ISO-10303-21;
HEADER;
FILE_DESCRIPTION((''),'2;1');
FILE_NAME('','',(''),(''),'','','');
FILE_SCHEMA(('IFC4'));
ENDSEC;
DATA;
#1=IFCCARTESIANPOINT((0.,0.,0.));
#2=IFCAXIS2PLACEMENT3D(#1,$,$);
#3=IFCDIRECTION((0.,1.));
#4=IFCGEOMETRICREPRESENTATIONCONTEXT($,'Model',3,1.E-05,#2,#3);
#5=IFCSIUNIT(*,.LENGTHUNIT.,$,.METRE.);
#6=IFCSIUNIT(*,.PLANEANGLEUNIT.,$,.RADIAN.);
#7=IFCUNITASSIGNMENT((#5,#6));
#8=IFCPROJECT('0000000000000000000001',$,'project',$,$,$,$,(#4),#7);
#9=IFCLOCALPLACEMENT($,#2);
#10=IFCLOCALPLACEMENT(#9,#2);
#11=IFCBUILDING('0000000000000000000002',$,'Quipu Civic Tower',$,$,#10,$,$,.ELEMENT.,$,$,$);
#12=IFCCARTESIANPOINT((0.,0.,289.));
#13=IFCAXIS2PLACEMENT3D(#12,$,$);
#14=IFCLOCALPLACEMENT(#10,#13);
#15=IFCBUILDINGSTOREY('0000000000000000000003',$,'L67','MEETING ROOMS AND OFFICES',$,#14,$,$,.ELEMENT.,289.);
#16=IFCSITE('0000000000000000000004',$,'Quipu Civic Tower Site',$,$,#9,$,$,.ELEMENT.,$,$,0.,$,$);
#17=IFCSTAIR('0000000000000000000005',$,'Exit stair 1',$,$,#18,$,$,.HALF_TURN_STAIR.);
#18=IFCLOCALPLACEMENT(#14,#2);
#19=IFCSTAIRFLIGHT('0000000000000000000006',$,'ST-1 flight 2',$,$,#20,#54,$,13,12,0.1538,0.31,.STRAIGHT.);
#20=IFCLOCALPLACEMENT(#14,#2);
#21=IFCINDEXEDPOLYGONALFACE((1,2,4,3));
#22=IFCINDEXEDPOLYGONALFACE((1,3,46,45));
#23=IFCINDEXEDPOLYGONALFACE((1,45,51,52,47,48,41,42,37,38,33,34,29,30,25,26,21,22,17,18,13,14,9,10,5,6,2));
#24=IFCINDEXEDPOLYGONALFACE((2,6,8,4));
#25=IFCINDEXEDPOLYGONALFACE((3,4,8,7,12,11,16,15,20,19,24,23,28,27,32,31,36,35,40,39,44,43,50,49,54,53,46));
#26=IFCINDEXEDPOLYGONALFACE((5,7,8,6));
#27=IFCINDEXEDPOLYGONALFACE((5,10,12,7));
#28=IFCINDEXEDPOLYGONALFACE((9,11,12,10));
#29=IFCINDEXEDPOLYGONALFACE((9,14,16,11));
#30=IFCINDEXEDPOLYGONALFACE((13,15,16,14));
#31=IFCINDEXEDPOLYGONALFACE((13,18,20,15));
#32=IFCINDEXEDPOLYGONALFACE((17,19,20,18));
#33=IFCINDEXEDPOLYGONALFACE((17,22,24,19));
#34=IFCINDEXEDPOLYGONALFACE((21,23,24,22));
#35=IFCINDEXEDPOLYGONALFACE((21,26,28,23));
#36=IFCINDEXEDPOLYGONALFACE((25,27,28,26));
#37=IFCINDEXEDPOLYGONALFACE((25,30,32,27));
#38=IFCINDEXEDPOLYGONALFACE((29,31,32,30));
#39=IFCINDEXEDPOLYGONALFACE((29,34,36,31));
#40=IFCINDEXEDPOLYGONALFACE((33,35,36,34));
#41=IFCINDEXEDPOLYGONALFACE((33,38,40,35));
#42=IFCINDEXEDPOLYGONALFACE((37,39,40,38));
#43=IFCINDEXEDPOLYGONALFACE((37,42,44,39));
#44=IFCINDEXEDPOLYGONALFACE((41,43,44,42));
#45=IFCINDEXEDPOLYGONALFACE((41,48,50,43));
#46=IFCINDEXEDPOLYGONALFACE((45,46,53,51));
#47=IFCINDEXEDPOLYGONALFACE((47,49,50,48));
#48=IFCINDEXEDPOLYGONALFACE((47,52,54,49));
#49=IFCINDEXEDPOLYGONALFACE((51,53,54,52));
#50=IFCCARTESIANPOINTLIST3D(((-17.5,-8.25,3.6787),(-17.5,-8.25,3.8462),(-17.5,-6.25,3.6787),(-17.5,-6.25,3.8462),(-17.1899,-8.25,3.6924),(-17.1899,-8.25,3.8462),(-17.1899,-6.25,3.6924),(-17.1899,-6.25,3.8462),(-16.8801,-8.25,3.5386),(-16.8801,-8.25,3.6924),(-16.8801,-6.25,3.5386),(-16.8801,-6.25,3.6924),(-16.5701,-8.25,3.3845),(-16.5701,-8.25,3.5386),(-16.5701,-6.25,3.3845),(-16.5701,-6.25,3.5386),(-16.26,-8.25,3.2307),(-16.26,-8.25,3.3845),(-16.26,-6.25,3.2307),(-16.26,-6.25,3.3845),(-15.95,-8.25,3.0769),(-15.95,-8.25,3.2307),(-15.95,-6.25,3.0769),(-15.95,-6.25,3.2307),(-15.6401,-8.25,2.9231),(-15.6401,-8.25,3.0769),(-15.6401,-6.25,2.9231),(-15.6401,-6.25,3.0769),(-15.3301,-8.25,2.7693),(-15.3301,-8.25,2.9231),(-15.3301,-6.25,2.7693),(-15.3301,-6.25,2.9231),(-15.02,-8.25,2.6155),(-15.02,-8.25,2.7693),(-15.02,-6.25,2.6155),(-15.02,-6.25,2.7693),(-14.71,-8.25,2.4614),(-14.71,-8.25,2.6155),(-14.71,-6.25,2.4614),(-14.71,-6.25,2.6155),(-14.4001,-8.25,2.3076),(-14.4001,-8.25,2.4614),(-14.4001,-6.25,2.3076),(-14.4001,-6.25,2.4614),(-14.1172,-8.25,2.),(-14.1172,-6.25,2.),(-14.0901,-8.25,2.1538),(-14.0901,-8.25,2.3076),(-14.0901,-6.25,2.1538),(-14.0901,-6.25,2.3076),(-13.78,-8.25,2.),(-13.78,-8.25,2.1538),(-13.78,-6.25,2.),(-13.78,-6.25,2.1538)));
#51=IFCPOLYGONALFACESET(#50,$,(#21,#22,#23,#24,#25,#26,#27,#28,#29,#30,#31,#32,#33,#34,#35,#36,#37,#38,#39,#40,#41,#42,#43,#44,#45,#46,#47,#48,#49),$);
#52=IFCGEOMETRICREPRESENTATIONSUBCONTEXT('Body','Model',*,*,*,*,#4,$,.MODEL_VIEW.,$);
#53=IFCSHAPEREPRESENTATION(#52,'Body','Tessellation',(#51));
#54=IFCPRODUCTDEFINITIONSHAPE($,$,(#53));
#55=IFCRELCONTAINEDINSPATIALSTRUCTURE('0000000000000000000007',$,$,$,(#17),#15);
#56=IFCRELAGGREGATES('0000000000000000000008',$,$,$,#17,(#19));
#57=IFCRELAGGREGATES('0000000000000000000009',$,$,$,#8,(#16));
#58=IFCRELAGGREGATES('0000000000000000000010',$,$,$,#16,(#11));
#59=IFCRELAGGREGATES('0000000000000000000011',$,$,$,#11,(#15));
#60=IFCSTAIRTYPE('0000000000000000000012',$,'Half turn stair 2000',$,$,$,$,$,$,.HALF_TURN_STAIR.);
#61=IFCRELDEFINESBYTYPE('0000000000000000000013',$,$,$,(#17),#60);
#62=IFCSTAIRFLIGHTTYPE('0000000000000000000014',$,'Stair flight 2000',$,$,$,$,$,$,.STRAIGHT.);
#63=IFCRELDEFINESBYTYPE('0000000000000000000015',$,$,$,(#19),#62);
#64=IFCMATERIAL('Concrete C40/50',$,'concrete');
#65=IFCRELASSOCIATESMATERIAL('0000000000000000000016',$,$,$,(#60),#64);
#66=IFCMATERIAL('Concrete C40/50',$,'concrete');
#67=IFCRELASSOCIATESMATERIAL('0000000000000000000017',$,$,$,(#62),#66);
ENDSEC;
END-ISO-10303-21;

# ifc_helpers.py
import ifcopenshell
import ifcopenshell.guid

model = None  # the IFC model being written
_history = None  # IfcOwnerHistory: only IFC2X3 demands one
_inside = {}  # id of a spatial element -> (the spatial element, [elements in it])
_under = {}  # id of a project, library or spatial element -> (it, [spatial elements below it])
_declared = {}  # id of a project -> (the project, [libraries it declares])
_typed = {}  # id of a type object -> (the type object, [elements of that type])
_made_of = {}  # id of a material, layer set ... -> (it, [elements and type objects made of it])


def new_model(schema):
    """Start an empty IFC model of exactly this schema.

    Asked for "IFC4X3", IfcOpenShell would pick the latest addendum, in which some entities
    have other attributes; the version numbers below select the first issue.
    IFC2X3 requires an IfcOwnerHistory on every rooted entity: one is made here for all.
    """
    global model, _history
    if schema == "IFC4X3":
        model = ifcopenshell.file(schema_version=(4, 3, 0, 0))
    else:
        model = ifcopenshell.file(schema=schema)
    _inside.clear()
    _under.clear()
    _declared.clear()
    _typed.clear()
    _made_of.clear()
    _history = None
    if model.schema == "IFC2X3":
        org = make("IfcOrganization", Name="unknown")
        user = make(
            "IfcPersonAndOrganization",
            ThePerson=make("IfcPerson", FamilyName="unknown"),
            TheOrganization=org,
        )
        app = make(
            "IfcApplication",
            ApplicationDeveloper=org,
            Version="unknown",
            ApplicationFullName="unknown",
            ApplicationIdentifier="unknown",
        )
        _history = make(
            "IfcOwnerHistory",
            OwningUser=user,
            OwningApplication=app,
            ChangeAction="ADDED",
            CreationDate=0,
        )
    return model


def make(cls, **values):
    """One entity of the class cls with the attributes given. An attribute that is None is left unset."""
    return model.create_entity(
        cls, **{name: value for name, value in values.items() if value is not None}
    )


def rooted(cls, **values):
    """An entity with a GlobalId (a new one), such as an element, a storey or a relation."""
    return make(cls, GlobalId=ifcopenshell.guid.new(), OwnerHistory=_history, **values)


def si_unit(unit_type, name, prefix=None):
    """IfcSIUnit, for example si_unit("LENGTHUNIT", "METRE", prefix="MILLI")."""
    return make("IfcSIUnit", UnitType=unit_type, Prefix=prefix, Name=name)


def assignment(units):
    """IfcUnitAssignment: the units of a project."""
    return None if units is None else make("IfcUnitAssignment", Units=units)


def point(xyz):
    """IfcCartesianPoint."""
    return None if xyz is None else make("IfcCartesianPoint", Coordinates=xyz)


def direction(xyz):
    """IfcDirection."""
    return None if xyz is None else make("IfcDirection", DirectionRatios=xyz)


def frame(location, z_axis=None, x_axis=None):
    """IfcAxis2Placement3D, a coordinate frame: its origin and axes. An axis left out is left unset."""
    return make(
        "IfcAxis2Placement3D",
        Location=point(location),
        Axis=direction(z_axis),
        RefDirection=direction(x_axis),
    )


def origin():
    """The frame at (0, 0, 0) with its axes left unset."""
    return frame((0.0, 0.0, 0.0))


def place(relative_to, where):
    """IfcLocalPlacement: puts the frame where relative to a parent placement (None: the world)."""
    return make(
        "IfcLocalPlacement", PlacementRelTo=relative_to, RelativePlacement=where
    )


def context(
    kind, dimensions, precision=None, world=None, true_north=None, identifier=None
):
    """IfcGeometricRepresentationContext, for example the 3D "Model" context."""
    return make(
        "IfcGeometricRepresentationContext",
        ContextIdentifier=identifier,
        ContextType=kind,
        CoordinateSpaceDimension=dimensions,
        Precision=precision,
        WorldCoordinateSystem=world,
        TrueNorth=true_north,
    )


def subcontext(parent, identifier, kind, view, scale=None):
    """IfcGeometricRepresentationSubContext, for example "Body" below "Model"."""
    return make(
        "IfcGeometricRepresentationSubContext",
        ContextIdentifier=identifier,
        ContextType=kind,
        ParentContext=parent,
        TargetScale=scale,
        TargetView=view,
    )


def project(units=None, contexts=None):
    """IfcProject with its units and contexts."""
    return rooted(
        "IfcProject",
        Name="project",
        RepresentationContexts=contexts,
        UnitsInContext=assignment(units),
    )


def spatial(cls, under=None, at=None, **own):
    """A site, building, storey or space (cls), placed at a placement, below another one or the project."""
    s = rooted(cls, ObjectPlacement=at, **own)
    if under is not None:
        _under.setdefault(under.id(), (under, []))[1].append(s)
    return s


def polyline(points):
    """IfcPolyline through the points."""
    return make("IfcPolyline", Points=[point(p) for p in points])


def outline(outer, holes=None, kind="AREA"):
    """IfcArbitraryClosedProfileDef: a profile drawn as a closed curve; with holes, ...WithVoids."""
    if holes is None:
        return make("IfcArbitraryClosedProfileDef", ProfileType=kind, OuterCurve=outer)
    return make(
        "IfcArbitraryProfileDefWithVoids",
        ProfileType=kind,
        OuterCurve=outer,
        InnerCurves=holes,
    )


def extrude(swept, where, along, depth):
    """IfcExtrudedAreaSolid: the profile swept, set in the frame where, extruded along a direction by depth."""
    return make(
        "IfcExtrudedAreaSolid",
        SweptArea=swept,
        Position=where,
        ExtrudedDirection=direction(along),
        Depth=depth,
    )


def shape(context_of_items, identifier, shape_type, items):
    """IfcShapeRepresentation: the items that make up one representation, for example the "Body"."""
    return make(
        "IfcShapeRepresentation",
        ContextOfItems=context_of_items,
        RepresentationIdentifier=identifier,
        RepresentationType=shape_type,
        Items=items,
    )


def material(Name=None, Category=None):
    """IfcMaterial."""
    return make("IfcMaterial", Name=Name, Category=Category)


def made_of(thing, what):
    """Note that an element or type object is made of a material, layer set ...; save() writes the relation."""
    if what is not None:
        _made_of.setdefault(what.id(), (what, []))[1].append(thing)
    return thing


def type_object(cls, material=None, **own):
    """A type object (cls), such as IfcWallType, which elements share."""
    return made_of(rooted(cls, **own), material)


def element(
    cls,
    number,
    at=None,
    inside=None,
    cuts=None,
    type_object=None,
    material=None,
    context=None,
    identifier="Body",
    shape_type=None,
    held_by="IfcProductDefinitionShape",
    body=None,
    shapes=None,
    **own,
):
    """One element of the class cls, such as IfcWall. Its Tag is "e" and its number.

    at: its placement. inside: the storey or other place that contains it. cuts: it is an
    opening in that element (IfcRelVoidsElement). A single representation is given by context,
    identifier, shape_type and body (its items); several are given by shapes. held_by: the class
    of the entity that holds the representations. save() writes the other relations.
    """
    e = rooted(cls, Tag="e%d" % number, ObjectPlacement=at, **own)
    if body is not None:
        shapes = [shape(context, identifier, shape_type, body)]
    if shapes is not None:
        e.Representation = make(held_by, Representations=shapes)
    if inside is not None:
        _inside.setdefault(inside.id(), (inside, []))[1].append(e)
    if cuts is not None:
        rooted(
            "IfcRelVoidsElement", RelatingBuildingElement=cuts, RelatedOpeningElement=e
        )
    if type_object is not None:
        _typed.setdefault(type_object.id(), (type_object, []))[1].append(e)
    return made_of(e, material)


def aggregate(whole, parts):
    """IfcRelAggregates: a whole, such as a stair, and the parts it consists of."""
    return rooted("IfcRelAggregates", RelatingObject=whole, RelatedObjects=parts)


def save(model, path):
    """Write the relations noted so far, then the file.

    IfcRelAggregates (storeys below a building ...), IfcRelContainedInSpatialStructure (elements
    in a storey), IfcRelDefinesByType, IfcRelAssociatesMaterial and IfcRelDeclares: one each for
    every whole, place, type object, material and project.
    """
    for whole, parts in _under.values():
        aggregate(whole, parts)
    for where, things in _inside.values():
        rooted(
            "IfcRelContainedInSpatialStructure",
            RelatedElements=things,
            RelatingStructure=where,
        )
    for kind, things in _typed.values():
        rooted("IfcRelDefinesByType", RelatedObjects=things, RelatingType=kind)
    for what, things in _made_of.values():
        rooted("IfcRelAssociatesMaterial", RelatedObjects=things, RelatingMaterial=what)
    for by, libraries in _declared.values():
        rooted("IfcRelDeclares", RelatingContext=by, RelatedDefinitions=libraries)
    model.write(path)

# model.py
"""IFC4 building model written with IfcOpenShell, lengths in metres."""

from ifc_helpers import new_model, si_unit, direction, frame, origin, place, context, subcontext, project, spatial, polyline, outline, extrude, material, type_object, element, aggregate, save


model = new_model("IFC4")

# Units and contexts
model_context = context("Model", 3, precision=1e-05, world=origin(), true_north=direction((0.0, 1.0)))
body_context = subcontext(model_context, "Body", "Model", "MODEL_VIEW")
ifc_project = project(units=[si_unit("LENGTHUNIT", "METRE"), si_unit("PLANEANGLEUNIT", "RADIAN")], contexts=[model_context])

# Site, building, storey
site_placement = place(None, origin())
site = spatial("IfcSite", under=ifc_project, at=site_placement, Name="Quipu Civic Tower Site", CompositionType="ELEMENT", RefElevation=0.0)
building_placement = place(site_placement, origin())
building = spatial("IfcBuilding", under=site, at=building_placement, Name="Quipu Civic Tower", CompositionType="ELEMENT")
storey_placement = place(building_placement, frame((0.0, 0.0, 289.0)))
storey = spatial("IfcBuildingStorey", under=building, at=storey_placement, Name="L67", Description="MEETING ROOMS AND OFFICES", CompositionType="ELEMENT", Elevation=289.0)

# Stair, stair flight
ifc_material_1 = material(Name="Concrete C40/50", Category="concrete")
stair_type = type_object("IfcStairType", Name="Half turn stair 2000", PredefinedType="HALF_TURN_STAIR", material=ifc_material_1)
stair_placement = place(storey_placement, origin())
stair = element("IfcStair", 1, at=stair_placement, inside=storey, type_object=stair_type, Name="Exit stair 1", PredefinedType="HALF_TURN_STAIR")
ifc_material_2 = material(Name="Concrete C40/50", Category="concrete")
stair_flight_type = type_object("IfcStairFlightType", Name="Stair flight 2000", PredefinedType="STRAIGHT", material=ifc_material_2)
stair_flight_1_placement = place(storey_placement, frame((-13.78, -7.25, 2.0), z_axis=(0.0, 0.0, 1.0), x_axis=(-1.0, 0.0, 0.0)))
stair_flight_1 = element("IfcStairFlight", 2, at=stair_flight_1_placement, type_object=stair_flight_type, Name="ST-1 flight 2", NumberOfRisers=13, NumberOfTreads=12, PredefinedType="STRAIGHT", RiserHeight=0.1538, TreadLength=0.31, context=body_context, shape_type="SweptSolid", body=[
    extrude(outline(polyline([(0.0, 0.0), (0.0, 0.1538), (0.3101, 0.1538), (0.3101, 0.3076), (0.6201, 0.3076), (0.6201, 0.4614), (0.9299, 0.4614), (0.9299, 0.6155), (1.24, 0.6155), (1.24, 0.7693), (1.55, 0.7693), (1.55, 0.9231), (1.8601, 0.9231), (1.8601, 1.0769), (2.1699, 1.0769), (2.1699, 1.2307), (2.48, 1.2307), (2.48, 1.3845), (2.79, 1.3845), (2.79, 1.5386), (3.1001, 1.5386), (3.1001, 1.6924), (3.4099, 1.6924), (3.4099, 1.8462), (3.72, 1.8462), (3.72, 2.0), (3.72, 1.6787), (0.3372, 0.0), (0.0, 0.0)])), frame((0.0, 1.0, 0.0), z_axis=(0.0, -1.0, 0.0), x_axis=(1.0, 0.0, 0.0)), (0.0, 0.0, 1.0), 2.0),
])
aggregate(stair, [stair_flight_1])

save(model, "model.ifc")
